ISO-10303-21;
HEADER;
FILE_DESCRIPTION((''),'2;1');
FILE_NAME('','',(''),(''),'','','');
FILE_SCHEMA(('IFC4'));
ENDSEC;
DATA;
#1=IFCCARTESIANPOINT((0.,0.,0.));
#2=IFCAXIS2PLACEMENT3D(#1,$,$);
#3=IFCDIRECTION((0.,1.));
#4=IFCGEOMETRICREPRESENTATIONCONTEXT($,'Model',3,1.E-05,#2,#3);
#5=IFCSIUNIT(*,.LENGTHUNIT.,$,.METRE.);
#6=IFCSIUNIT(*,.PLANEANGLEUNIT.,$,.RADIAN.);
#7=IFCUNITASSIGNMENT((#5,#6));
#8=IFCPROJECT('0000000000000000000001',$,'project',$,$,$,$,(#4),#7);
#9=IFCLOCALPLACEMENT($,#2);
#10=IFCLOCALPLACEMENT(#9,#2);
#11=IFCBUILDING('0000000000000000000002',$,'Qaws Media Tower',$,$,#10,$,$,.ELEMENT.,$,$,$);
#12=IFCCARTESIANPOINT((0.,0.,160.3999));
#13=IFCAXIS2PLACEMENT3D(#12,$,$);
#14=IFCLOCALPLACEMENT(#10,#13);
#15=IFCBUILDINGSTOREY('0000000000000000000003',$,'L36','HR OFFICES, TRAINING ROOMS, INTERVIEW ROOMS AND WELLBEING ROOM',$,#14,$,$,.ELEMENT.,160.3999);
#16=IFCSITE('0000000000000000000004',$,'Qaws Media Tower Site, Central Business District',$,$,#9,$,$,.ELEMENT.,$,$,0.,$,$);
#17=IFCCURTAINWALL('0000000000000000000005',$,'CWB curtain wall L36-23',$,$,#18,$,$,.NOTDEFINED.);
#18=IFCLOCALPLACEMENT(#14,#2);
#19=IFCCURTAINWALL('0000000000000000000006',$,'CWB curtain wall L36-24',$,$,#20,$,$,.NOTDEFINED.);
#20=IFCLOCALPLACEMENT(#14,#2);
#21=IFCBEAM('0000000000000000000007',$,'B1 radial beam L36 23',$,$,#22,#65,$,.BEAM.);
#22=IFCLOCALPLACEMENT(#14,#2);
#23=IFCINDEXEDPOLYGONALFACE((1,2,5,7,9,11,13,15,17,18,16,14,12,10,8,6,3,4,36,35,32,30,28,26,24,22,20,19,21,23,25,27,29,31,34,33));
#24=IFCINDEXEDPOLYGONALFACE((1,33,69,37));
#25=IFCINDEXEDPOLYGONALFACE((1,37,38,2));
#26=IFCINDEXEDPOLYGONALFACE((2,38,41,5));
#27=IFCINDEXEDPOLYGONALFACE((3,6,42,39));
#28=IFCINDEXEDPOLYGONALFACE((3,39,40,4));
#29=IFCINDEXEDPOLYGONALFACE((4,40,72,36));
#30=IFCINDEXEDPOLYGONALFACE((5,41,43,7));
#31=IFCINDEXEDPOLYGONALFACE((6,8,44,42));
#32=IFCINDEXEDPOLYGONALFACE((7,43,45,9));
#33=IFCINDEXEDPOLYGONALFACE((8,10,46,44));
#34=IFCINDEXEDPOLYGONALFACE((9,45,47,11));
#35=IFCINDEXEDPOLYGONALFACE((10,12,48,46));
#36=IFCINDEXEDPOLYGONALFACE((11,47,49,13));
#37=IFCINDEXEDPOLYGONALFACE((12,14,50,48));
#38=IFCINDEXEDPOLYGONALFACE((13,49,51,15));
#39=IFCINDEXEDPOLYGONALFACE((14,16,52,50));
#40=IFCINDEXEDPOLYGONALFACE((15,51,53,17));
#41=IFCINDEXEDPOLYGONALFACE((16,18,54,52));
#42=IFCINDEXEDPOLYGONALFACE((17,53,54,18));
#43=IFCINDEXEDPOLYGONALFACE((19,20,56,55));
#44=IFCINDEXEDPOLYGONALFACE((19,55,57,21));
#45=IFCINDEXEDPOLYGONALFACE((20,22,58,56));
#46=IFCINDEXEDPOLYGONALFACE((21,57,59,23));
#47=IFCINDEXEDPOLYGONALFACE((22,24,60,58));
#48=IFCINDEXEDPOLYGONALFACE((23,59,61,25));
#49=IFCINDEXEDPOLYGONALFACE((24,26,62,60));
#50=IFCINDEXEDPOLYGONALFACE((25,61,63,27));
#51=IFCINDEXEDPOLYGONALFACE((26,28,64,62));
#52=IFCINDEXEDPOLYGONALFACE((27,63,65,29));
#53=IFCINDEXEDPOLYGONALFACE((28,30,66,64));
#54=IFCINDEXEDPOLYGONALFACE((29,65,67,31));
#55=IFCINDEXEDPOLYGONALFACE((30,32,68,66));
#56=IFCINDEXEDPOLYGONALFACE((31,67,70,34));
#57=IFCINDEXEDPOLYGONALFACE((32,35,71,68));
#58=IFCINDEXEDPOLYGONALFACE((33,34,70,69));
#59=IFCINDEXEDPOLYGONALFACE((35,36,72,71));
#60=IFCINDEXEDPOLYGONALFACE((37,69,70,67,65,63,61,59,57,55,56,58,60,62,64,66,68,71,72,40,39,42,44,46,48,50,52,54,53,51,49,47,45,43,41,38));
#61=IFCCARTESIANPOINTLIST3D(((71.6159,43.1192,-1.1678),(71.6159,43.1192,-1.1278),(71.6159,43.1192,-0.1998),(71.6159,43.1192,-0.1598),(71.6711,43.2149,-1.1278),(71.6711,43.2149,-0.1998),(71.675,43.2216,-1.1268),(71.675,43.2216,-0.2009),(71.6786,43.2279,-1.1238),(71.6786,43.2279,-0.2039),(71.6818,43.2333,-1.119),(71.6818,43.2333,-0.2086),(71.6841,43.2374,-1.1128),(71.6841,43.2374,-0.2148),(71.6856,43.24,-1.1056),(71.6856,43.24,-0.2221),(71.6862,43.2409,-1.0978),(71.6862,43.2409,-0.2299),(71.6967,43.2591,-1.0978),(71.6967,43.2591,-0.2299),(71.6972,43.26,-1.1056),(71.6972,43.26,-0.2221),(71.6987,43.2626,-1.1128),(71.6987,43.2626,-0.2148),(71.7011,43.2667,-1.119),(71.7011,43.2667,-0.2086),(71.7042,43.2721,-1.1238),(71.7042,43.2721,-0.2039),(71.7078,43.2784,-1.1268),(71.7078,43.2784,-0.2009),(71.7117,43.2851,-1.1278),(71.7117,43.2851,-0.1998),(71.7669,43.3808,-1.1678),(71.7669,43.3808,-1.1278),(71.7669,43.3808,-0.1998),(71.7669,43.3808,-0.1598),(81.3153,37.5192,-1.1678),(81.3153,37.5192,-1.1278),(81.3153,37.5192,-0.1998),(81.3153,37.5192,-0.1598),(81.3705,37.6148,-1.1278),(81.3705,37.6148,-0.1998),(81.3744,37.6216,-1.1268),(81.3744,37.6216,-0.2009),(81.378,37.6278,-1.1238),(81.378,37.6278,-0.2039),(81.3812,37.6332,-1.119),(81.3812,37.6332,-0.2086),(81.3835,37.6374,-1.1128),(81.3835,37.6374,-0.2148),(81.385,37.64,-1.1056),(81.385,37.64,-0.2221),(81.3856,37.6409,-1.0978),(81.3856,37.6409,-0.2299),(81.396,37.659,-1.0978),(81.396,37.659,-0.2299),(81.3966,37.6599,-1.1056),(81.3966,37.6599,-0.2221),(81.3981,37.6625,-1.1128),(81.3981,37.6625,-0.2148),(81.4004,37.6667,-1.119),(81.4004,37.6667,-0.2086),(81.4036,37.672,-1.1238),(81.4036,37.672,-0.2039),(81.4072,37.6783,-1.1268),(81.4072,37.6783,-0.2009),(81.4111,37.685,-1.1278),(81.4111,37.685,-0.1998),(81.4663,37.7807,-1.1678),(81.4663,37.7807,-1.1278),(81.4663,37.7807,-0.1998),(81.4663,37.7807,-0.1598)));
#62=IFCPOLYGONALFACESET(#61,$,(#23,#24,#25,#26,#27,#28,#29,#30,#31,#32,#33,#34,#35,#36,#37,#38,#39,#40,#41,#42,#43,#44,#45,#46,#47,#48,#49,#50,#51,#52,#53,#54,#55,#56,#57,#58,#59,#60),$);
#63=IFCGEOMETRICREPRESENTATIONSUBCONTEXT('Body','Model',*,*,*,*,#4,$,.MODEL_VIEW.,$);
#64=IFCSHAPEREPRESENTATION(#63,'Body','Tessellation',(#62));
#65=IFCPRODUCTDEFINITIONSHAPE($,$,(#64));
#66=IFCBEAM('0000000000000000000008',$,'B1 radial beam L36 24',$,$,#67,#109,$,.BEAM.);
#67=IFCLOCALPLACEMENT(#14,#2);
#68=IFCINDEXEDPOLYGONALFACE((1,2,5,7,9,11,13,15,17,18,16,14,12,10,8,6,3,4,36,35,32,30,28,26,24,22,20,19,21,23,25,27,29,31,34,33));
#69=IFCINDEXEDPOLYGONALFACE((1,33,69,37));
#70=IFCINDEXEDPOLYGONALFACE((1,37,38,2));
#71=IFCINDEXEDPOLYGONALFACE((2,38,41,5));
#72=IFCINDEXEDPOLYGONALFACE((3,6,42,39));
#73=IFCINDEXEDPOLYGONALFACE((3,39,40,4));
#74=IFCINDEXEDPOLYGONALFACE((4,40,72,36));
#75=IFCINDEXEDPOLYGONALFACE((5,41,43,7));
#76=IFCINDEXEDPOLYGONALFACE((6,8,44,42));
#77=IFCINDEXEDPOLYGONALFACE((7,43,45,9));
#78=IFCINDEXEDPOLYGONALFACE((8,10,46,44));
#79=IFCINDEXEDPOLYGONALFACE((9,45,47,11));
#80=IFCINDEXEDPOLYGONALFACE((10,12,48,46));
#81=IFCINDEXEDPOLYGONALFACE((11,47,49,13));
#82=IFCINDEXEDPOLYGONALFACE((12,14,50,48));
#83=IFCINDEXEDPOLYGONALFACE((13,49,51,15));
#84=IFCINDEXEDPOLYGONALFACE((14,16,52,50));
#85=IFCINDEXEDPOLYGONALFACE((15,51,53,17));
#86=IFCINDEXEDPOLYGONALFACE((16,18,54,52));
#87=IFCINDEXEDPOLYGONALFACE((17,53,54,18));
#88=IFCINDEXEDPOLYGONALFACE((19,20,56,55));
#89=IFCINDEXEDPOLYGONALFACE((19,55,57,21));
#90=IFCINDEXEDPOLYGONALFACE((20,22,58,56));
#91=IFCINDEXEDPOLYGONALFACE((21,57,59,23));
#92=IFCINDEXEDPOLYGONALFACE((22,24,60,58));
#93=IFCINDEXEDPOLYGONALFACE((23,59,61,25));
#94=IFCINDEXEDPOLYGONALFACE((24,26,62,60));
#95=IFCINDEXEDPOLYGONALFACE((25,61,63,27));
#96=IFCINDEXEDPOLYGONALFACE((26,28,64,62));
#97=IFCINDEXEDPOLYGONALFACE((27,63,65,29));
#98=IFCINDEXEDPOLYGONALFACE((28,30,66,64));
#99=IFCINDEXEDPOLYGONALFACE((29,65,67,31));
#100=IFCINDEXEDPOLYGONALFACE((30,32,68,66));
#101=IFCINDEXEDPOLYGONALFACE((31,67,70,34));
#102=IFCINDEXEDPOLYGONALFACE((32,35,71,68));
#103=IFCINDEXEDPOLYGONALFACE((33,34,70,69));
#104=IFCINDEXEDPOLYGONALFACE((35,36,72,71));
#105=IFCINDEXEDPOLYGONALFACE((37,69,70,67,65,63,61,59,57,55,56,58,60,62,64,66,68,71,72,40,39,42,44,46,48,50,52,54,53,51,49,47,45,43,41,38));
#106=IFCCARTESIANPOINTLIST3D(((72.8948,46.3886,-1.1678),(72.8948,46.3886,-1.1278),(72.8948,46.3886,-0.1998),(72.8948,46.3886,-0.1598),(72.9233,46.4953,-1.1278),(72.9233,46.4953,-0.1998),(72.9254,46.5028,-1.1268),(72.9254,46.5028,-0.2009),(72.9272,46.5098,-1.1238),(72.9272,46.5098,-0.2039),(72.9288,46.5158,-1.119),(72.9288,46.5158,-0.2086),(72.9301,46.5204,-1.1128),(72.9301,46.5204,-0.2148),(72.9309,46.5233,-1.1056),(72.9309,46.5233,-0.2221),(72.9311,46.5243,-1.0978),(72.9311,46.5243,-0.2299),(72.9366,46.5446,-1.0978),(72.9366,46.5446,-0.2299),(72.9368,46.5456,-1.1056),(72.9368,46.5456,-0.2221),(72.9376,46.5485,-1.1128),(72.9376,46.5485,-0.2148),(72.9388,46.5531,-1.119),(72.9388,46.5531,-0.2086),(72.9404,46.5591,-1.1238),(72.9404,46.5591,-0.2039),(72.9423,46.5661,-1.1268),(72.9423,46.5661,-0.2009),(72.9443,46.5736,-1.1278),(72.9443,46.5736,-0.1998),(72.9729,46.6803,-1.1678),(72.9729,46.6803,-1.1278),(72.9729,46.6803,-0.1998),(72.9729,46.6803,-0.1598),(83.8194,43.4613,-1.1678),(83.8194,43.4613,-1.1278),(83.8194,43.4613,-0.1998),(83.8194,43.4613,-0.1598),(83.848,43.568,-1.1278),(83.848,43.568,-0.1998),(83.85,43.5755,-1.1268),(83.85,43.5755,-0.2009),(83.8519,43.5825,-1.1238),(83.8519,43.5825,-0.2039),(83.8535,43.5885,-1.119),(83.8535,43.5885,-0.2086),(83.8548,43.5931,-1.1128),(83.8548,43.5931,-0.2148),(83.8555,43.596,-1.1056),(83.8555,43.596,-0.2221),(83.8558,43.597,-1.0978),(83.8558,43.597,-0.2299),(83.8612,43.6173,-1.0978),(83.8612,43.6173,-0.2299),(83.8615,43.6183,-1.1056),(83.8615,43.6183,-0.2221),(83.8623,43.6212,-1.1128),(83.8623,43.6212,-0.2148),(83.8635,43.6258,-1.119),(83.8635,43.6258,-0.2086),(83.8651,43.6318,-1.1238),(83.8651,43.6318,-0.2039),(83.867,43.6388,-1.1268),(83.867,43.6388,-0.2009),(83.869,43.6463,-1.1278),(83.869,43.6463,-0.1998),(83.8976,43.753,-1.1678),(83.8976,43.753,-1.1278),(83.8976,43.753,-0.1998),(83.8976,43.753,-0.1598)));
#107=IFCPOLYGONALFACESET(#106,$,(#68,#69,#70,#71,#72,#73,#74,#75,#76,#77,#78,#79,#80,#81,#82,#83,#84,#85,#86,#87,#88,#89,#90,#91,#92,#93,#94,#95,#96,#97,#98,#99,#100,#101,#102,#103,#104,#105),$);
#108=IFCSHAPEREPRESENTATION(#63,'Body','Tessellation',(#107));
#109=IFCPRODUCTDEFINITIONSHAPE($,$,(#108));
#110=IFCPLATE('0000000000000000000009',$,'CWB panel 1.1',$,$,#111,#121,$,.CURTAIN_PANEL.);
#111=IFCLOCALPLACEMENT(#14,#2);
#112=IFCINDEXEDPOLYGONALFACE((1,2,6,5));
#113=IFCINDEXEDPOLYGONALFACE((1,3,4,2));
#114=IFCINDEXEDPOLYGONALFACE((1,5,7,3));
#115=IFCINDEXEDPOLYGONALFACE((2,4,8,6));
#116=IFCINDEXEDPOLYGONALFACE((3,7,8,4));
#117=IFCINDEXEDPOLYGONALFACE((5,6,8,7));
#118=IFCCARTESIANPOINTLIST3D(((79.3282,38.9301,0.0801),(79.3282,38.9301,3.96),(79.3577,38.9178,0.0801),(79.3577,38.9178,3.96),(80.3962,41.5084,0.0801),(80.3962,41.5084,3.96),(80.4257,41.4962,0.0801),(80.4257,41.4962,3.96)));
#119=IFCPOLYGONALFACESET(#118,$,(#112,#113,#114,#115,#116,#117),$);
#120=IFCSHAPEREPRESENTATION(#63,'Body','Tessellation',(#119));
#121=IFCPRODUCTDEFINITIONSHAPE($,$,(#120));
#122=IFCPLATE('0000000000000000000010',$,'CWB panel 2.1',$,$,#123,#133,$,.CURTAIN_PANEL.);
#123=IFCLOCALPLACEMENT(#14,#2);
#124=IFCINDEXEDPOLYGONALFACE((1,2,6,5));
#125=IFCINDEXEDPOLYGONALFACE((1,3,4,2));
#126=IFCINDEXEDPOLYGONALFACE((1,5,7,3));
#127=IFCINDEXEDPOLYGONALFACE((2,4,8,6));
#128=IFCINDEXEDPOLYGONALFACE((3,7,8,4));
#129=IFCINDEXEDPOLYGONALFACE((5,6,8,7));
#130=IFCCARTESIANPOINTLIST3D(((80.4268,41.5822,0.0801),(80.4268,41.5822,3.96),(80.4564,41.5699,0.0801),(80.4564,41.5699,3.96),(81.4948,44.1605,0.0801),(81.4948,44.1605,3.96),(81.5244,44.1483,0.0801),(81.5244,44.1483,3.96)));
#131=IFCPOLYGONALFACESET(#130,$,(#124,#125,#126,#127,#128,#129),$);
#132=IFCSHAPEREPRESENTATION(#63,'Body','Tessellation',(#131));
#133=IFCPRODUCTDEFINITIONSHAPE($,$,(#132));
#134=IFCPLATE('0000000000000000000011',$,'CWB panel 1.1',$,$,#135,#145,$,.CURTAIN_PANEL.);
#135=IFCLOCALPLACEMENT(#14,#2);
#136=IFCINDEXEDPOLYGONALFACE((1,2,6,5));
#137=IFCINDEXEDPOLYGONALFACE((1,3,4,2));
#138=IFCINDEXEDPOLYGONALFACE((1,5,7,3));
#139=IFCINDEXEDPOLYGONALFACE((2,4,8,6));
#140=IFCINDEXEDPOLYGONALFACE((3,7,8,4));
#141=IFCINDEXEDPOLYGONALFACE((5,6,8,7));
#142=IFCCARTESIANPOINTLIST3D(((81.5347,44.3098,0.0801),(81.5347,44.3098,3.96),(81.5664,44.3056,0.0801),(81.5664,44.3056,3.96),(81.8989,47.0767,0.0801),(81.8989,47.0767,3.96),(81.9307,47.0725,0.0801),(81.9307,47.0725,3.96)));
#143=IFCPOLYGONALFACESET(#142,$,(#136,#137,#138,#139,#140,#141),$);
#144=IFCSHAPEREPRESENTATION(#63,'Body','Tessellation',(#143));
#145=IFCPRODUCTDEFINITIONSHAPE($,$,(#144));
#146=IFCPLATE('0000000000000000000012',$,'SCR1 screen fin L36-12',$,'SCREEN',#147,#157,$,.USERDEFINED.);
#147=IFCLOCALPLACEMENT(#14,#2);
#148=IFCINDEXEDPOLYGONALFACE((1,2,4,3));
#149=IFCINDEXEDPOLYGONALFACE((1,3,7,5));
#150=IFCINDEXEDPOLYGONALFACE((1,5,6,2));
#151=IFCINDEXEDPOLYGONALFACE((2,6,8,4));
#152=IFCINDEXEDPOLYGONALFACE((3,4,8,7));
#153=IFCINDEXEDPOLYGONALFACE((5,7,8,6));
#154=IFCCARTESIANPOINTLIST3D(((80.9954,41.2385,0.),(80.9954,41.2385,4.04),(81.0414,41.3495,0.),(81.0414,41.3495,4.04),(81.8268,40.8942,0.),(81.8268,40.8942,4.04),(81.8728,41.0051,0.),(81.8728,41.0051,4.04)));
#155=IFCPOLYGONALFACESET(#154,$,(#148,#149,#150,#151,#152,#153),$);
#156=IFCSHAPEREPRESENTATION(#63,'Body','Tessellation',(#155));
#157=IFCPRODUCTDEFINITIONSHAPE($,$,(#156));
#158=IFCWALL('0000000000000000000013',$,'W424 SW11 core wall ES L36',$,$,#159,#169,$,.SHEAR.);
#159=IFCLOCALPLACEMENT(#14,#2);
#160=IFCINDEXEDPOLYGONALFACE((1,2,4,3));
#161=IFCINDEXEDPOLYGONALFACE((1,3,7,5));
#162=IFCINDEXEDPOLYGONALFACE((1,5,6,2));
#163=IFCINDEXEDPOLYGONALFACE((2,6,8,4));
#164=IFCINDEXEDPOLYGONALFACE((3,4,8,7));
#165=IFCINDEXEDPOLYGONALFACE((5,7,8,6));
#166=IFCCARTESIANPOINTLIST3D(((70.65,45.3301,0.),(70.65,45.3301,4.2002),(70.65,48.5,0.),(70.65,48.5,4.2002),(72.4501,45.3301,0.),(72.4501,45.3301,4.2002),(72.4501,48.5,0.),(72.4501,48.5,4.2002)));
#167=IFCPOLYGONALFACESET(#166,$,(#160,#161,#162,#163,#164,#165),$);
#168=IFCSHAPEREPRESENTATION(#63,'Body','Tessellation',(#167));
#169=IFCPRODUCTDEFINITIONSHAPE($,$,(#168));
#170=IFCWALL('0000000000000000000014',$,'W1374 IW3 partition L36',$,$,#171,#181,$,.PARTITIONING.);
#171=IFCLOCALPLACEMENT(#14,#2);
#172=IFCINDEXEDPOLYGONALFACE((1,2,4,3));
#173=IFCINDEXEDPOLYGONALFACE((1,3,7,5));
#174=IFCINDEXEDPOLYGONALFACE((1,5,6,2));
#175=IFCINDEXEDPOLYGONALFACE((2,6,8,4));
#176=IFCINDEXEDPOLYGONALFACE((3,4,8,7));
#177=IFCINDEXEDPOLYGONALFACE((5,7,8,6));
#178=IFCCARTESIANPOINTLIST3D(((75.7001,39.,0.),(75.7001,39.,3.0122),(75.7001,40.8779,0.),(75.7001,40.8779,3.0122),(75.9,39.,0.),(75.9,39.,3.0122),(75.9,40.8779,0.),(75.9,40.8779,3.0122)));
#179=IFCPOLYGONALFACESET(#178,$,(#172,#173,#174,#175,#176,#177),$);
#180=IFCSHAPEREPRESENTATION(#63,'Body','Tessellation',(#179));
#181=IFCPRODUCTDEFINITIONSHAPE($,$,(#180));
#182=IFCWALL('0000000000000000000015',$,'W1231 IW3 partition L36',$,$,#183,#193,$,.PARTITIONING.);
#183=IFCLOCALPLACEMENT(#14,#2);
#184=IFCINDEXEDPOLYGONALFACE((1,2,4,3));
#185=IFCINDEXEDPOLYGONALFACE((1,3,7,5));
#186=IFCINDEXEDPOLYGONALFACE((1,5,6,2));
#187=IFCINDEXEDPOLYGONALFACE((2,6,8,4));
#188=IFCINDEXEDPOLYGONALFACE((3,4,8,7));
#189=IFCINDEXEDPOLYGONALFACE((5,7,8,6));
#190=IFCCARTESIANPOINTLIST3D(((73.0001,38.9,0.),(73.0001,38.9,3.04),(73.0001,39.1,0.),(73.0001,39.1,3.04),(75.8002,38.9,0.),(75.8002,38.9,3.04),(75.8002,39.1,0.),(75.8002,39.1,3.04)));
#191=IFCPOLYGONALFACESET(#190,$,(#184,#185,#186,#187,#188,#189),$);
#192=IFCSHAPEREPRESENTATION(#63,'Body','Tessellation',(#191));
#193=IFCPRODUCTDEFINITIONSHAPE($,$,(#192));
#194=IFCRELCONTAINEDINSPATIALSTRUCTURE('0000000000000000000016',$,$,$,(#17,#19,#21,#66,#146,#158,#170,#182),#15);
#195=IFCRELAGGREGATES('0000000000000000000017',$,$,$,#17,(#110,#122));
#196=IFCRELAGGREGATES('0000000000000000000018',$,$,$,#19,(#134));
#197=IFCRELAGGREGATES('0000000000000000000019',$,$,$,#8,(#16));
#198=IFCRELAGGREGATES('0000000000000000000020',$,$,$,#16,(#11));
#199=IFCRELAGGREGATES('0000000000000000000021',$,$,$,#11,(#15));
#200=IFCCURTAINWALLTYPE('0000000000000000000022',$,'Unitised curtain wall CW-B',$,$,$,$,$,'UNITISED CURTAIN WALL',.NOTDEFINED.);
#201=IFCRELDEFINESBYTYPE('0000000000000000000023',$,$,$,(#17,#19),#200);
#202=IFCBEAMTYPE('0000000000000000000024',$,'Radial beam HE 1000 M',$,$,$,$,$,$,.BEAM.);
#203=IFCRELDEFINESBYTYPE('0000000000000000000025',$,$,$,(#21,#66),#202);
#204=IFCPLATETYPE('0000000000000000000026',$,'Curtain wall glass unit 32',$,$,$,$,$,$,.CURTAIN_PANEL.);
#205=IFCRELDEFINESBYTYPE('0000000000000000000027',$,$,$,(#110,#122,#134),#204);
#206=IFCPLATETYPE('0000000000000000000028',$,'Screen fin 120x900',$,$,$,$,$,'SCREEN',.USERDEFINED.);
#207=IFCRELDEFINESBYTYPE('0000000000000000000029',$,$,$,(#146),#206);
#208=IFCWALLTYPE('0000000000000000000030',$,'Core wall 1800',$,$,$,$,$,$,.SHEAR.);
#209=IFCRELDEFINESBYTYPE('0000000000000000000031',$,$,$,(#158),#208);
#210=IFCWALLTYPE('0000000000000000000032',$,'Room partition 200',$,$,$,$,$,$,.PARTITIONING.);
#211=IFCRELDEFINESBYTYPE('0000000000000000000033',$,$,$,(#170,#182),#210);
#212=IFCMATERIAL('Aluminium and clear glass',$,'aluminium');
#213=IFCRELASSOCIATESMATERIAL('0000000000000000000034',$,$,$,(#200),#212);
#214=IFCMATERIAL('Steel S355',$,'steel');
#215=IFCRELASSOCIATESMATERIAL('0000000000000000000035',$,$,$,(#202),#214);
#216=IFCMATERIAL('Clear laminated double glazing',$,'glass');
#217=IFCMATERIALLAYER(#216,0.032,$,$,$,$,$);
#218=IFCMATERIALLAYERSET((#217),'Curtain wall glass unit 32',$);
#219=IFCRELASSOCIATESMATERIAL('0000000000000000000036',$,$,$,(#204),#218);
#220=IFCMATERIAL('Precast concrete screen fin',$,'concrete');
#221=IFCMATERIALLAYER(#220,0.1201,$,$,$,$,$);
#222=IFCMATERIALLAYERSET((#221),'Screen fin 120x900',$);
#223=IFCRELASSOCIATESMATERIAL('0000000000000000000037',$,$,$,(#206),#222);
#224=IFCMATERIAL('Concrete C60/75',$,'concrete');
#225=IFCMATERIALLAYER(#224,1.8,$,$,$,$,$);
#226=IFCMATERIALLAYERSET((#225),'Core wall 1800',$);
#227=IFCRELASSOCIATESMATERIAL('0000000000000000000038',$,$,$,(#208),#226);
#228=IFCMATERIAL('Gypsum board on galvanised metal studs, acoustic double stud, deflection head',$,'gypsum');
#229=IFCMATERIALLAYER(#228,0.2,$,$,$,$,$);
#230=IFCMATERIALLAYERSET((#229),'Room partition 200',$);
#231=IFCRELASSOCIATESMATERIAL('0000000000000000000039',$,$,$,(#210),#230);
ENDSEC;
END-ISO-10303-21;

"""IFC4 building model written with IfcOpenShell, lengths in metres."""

from ifc_helpers import new_model, si_unit, direction, frame, frame_2d, origin, origin_2d, place, context, subcontext, project, spatial, rectangle, i_section, extrude, material, layer, layer_set, material_profile, profile_set, type_object, element, aggregate, save


model = new_model("IFC4")

# Units and contexts
model_context = context("Model", 3, precision=1e-05, world=origin(), true_north=direction((0.0, 1.0)))
body_context = subcontext(model_context, "Body", "Model", "MODEL_VIEW")
ifc_project = project(units=[si_unit("LENGTHUNIT", "METRE"), si_unit("PLANEANGLEUNIT", "RADIAN")], contexts=[model_context])

# Site, building, storey
site_placement = place(None, origin())
site = spatial("IfcSite", under=ifc_project, at=site_placement, Name="Qaws Media Tower Site, Central Business District", CompositionType="ELEMENT", RefElevation=0.0)
building_placement = place(site_placement, origin())
building = spatial("IfcBuilding", under=site, at=building_placement, Name="Qaws Media Tower", CompositionType="ELEMENT")
storey_placement = place(building_placement, frame((0.0, 0.0, 160.3999)))
storey = spatial("IfcBuildingStorey", under=building, at=storey_placement, Name="L36", Description="HR OFFICES, TRAINING ROOMS, INTERVIEW ROOMS AND WELLBEING ROOM", CompositionType="ELEMENT", Elevation=160.3999)

# Curtain walls
ifc_material_1 = material(Name="Aluminium and clear glass", Category="aluminium")
curtain_wall_type = type_object("IfcCurtainWallType", Name="Unitised curtain wall CW-B", ElementType="UNITISED CURTAIN WALL", PredefinedType="NOTDEFINED", material=ifc_material_1)
curtain_wall_1_placement = place(storey_placement, origin())
curtain_wall_1 = element("IfcCurtainWall", 1, at=curtain_wall_1_placement, inside=storey, type_object=curtain_wall_type, Name="CWB curtain wall L36-23", PredefinedType="NOTDEFINED")
curtain_wall_2_placement = place(storey_placement, origin())
curtain_wall_2 = element("IfcCurtainWall", 2, at=curtain_wall_2_placement, inside=storey, type_object=curtain_wall_type, Name="CWB curtain wall L36-24", PredefinedType="NOTDEFINED")

# Beams
ifc_material_2 = material(Name="Steel S355", Category="steel")
ifc_material_profile_1 = material_profile(ifc_material_2, i_section(OverallWidth=0.302, OverallDepth=1.0081, WebThickness=0.021, FlangeThickness=0.04, FilletRadius=0.03, at=origin_2d()), Name="HE 1000 M")
ifc_profile_set_1 = profile_set([ifc_material_profile_1], Name="Steel S355")
beam_type_1 = type_object("IfcBeamType", Name="Radial beam HE 1000 M", PredefinedType="BEAM", material=ifc_profile_set_1)
beam_1_placement = place(storey_placement, frame((71.6914, 43.25, -0.6638), z_axis=(0.866021, -0.500007, 0.0), x_axis=(0.500007, 0.866021, 0.0)))
element("IfcBeam", 3, at=beam_1_placement, inside=storey, type_object=beam_type_1, Name="B1 radial beam L36 23", PredefinedType="BEAM", context=body_context, shape_type="SweptSolid", body=[
    extrude(i_section(OverallWidth=0.302, OverallDepth=1.0081, WebThickness=0.021, FlangeThickness=0.04, FilletRadius=0.03, at=origin_2d()), origin(), (0.0, 0.0, 1.0), 11.2),
])
beam_2_placement = place(storey_placement, frame((72.9338, 46.5344, -0.6638), z_axis=(0.965925, -0.258821, 0.0), x_axis=(0.258821, 0.965925, 0.0)))
element("IfcBeam", 4, at=beam_2_placement, inside=storey, type_object=beam_type_1, Name="B1 radial beam L36 24", PredefinedType="BEAM", context=body_context, shape_type="SweptSolid", body=[
    extrude(i_section(OverallWidth=0.302, OverallDepth=1.0081, WebThickness=0.021, FlangeThickness=0.04, FilletRadius=0.03, at=origin_2d()), origin(), (0.0, 0.0, 1.0), 11.3101),
])

# Plates
ifc_material_3 = material(Name="Clear laminated double glazing", Category="glass")
ifc_layer_1 = layer(ifc_material_3, 0.032)
ifc_layer_set_1 = layer_set([ifc_layer_1], Name="Curtain wall glass unit 32")
plate_type_1 = type_object("IfcPlateType", Name="Curtain wall glass unit 32", PredefinedType="CURTAIN_PANEL", material=ifc_layer_set_1)
plate_1_placement = place(storey_placement, frame((79.877, 40.2131, 0.0801), z_axis=(0.0, 0.0, 1.0), x_axis=(0.382683, 0.92388, 0.0)))
plate_1 = element("IfcPlate", 5, at=plate_1_placement, type_object=plate_type_1, Name="CWB panel 1.1", PredefinedType="CURTAIN_PANEL", context=body_context, shape_type="SweptSolid", body=[
    extrude(rectangle(XDim=2.7908, YDim=0.032, at=origin_2d()), origin(), (0.0, 0.0, 1.0), 3.8799),
])
plate_2_placement = place(storey_placement, frame((80.9756, 42.8652, 0.0801), z_axis=(0.0, 0.0, 1.0), x_axis=(0.382683, 0.92388, 0.0)))
plate_2 = element("IfcPlate", 6, at=plate_2_placement, type_object=plate_type_1, Name="CWB panel 2.1", PredefinedType="CURTAIN_PANEL", context=body_context, shape_type="SweptSolid", body=[
    extrude(rectangle(XDim=2.7908, YDim=0.032, at=origin_2d()), origin(), (0.0, 0.0, 1.0), 3.8799),
])
aggregate(curtain_wall_1, [plate_1, plate_2])
plate_3_placement = place(storey_placement, frame((81.7327, 45.6912, 0.0801), z_axis=(0.0, 0.0, 1.0), x_axis=(0.130526, 0.991445, 0.0)))
plate_3 = element("IfcPlate", 7, at=plate_3_placement, type_object=plate_type_1, Name="CWB panel 1.1", PredefinedType="CURTAIN_PANEL", context=body_context, shape_type="SweptSolid", body=[
    extrude(rectangle(XDim=2.7908, YDim=0.032, at=origin_2d()), origin(), (0.0, 0.0, 1.0), 3.8799),
])
aggregate(curtain_wall_2, [plate_3])
ifc_material_4 = material(Name="Precast concrete screen fin", Category="concrete")
ifc_layer_2 = layer(ifc_material_4, 0.1201)
ifc_layer_set_2 = layer_set([ifc_layer_2], Name="Screen fin 120x900")
plate_type_2 = type_object("IfcPlateType", Name="Screen fin 120x900", ElementType="SCREEN", PredefinedType="USERDEFINED", material=ifc_layer_set_2)
plate_4_placement = place(storey_placement, frame((81.4341, 41.1218, 0.0), z_axis=(0.0, 0.0, 1.0), x_axis=(0.92388, -0.382683, 0.0)))
element("IfcPlate", 8, at=plate_4_placement, inside=storey, type_object=plate_type_2, Name="SCR1 screen fin L36-12", ObjectType="SCREEN", PredefinedType="USERDEFINED", context=body_context, shape_type="SweptSolid", body=[
    extrude(rectangle(XDim=0.8999, YDim=0.1201, at=origin_2d()), origin(), (0.0, 0.0, 1.0), 4.04),
])

# Walls
ifc_material_5 = material(Name="Concrete C60/75", Category="concrete")
ifc_layer_3 = layer(ifc_material_5, 1.8)
ifc_layer_set_3 = layer_set([ifc_layer_3], Name="Core wall 1800")
wall_type_1 = type_object("IfcWallType", Name="Core wall 1800", PredefinedType="SHEAR", material=ifc_layer_set_3)
wall_1_placement = place(storey_placement, frame((71.55, 45.3301, 0.0), z_axis=(0.0, 0.0, 1.0), x_axis=(0.0, 1.0, 0.0)))
element("IfcWall", 9, at=wall_1_placement, inside=storey, type_object=wall_type_1, Name="W424 SW11 core wall ES L36", PredefinedType="SHEAR", context=body_context, shape_type="SweptSolid", body=[
    extrude(rectangle(XDim=3.1699, YDim=1.8, at=frame_2d((1.585, 0.0))), origin(), (0.0, 0.0, 1.0), 4.2002),
])
ifc_material_6 = material(Name="Gypsum board on galvanised metal studs, acoustic double stud, deflection head", Category="gypsum")
ifc_layer_4 = layer(ifc_material_6, 0.2)
ifc_layer_set_4 = layer_set([ifc_layer_4], Name="Room partition 200")
wall_type_2 = type_object("IfcWallType", Name="Room partition 200", PredefinedType="PARTITIONING", material=ifc_layer_set_4)
wall_2_placement = place(storey_placement, frame((75.8, 40.8779, 0.0), z_axis=(0.0, 0.0, 1.0), x_axis=(0.0, -1.0, 0.0)))
element("IfcWall", 10, at=wall_2_placement, inside=storey, type_object=wall_type_2, Name="W1374 IW3 partition L36", PredefinedType="PARTITIONING", context=body_context, shape_type="SweptSolid", body=[
    extrude(rectangle(XDim=1.8779, YDim=0.2, at=frame_2d((0.939, 0.0))), origin(), (0.0, 0.0, 1.0), 3.0122),
])
wall_3_placement = place(storey_placement, frame((75.8, 39.0, 0.0), z_axis=(0.0, 0.0, 1.0), x_axis=(-1.0, 0.0, 0.0)))
element("IfcWall", 11, at=wall_3_placement, inside=storey, type_object=wall_type_2, Name="W1231 IW3 partition L36", PredefinedType="PARTITIONING", context=body_context, shape_type="SweptSolid", body=[
    extrude(rectangle(XDim=2.8, YDim=0.2, at=frame_2d((1.3999, 0.0))), origin(), (0.0, 0.0, 1.0), 3.04),
])

save(model, "model.ifc")
